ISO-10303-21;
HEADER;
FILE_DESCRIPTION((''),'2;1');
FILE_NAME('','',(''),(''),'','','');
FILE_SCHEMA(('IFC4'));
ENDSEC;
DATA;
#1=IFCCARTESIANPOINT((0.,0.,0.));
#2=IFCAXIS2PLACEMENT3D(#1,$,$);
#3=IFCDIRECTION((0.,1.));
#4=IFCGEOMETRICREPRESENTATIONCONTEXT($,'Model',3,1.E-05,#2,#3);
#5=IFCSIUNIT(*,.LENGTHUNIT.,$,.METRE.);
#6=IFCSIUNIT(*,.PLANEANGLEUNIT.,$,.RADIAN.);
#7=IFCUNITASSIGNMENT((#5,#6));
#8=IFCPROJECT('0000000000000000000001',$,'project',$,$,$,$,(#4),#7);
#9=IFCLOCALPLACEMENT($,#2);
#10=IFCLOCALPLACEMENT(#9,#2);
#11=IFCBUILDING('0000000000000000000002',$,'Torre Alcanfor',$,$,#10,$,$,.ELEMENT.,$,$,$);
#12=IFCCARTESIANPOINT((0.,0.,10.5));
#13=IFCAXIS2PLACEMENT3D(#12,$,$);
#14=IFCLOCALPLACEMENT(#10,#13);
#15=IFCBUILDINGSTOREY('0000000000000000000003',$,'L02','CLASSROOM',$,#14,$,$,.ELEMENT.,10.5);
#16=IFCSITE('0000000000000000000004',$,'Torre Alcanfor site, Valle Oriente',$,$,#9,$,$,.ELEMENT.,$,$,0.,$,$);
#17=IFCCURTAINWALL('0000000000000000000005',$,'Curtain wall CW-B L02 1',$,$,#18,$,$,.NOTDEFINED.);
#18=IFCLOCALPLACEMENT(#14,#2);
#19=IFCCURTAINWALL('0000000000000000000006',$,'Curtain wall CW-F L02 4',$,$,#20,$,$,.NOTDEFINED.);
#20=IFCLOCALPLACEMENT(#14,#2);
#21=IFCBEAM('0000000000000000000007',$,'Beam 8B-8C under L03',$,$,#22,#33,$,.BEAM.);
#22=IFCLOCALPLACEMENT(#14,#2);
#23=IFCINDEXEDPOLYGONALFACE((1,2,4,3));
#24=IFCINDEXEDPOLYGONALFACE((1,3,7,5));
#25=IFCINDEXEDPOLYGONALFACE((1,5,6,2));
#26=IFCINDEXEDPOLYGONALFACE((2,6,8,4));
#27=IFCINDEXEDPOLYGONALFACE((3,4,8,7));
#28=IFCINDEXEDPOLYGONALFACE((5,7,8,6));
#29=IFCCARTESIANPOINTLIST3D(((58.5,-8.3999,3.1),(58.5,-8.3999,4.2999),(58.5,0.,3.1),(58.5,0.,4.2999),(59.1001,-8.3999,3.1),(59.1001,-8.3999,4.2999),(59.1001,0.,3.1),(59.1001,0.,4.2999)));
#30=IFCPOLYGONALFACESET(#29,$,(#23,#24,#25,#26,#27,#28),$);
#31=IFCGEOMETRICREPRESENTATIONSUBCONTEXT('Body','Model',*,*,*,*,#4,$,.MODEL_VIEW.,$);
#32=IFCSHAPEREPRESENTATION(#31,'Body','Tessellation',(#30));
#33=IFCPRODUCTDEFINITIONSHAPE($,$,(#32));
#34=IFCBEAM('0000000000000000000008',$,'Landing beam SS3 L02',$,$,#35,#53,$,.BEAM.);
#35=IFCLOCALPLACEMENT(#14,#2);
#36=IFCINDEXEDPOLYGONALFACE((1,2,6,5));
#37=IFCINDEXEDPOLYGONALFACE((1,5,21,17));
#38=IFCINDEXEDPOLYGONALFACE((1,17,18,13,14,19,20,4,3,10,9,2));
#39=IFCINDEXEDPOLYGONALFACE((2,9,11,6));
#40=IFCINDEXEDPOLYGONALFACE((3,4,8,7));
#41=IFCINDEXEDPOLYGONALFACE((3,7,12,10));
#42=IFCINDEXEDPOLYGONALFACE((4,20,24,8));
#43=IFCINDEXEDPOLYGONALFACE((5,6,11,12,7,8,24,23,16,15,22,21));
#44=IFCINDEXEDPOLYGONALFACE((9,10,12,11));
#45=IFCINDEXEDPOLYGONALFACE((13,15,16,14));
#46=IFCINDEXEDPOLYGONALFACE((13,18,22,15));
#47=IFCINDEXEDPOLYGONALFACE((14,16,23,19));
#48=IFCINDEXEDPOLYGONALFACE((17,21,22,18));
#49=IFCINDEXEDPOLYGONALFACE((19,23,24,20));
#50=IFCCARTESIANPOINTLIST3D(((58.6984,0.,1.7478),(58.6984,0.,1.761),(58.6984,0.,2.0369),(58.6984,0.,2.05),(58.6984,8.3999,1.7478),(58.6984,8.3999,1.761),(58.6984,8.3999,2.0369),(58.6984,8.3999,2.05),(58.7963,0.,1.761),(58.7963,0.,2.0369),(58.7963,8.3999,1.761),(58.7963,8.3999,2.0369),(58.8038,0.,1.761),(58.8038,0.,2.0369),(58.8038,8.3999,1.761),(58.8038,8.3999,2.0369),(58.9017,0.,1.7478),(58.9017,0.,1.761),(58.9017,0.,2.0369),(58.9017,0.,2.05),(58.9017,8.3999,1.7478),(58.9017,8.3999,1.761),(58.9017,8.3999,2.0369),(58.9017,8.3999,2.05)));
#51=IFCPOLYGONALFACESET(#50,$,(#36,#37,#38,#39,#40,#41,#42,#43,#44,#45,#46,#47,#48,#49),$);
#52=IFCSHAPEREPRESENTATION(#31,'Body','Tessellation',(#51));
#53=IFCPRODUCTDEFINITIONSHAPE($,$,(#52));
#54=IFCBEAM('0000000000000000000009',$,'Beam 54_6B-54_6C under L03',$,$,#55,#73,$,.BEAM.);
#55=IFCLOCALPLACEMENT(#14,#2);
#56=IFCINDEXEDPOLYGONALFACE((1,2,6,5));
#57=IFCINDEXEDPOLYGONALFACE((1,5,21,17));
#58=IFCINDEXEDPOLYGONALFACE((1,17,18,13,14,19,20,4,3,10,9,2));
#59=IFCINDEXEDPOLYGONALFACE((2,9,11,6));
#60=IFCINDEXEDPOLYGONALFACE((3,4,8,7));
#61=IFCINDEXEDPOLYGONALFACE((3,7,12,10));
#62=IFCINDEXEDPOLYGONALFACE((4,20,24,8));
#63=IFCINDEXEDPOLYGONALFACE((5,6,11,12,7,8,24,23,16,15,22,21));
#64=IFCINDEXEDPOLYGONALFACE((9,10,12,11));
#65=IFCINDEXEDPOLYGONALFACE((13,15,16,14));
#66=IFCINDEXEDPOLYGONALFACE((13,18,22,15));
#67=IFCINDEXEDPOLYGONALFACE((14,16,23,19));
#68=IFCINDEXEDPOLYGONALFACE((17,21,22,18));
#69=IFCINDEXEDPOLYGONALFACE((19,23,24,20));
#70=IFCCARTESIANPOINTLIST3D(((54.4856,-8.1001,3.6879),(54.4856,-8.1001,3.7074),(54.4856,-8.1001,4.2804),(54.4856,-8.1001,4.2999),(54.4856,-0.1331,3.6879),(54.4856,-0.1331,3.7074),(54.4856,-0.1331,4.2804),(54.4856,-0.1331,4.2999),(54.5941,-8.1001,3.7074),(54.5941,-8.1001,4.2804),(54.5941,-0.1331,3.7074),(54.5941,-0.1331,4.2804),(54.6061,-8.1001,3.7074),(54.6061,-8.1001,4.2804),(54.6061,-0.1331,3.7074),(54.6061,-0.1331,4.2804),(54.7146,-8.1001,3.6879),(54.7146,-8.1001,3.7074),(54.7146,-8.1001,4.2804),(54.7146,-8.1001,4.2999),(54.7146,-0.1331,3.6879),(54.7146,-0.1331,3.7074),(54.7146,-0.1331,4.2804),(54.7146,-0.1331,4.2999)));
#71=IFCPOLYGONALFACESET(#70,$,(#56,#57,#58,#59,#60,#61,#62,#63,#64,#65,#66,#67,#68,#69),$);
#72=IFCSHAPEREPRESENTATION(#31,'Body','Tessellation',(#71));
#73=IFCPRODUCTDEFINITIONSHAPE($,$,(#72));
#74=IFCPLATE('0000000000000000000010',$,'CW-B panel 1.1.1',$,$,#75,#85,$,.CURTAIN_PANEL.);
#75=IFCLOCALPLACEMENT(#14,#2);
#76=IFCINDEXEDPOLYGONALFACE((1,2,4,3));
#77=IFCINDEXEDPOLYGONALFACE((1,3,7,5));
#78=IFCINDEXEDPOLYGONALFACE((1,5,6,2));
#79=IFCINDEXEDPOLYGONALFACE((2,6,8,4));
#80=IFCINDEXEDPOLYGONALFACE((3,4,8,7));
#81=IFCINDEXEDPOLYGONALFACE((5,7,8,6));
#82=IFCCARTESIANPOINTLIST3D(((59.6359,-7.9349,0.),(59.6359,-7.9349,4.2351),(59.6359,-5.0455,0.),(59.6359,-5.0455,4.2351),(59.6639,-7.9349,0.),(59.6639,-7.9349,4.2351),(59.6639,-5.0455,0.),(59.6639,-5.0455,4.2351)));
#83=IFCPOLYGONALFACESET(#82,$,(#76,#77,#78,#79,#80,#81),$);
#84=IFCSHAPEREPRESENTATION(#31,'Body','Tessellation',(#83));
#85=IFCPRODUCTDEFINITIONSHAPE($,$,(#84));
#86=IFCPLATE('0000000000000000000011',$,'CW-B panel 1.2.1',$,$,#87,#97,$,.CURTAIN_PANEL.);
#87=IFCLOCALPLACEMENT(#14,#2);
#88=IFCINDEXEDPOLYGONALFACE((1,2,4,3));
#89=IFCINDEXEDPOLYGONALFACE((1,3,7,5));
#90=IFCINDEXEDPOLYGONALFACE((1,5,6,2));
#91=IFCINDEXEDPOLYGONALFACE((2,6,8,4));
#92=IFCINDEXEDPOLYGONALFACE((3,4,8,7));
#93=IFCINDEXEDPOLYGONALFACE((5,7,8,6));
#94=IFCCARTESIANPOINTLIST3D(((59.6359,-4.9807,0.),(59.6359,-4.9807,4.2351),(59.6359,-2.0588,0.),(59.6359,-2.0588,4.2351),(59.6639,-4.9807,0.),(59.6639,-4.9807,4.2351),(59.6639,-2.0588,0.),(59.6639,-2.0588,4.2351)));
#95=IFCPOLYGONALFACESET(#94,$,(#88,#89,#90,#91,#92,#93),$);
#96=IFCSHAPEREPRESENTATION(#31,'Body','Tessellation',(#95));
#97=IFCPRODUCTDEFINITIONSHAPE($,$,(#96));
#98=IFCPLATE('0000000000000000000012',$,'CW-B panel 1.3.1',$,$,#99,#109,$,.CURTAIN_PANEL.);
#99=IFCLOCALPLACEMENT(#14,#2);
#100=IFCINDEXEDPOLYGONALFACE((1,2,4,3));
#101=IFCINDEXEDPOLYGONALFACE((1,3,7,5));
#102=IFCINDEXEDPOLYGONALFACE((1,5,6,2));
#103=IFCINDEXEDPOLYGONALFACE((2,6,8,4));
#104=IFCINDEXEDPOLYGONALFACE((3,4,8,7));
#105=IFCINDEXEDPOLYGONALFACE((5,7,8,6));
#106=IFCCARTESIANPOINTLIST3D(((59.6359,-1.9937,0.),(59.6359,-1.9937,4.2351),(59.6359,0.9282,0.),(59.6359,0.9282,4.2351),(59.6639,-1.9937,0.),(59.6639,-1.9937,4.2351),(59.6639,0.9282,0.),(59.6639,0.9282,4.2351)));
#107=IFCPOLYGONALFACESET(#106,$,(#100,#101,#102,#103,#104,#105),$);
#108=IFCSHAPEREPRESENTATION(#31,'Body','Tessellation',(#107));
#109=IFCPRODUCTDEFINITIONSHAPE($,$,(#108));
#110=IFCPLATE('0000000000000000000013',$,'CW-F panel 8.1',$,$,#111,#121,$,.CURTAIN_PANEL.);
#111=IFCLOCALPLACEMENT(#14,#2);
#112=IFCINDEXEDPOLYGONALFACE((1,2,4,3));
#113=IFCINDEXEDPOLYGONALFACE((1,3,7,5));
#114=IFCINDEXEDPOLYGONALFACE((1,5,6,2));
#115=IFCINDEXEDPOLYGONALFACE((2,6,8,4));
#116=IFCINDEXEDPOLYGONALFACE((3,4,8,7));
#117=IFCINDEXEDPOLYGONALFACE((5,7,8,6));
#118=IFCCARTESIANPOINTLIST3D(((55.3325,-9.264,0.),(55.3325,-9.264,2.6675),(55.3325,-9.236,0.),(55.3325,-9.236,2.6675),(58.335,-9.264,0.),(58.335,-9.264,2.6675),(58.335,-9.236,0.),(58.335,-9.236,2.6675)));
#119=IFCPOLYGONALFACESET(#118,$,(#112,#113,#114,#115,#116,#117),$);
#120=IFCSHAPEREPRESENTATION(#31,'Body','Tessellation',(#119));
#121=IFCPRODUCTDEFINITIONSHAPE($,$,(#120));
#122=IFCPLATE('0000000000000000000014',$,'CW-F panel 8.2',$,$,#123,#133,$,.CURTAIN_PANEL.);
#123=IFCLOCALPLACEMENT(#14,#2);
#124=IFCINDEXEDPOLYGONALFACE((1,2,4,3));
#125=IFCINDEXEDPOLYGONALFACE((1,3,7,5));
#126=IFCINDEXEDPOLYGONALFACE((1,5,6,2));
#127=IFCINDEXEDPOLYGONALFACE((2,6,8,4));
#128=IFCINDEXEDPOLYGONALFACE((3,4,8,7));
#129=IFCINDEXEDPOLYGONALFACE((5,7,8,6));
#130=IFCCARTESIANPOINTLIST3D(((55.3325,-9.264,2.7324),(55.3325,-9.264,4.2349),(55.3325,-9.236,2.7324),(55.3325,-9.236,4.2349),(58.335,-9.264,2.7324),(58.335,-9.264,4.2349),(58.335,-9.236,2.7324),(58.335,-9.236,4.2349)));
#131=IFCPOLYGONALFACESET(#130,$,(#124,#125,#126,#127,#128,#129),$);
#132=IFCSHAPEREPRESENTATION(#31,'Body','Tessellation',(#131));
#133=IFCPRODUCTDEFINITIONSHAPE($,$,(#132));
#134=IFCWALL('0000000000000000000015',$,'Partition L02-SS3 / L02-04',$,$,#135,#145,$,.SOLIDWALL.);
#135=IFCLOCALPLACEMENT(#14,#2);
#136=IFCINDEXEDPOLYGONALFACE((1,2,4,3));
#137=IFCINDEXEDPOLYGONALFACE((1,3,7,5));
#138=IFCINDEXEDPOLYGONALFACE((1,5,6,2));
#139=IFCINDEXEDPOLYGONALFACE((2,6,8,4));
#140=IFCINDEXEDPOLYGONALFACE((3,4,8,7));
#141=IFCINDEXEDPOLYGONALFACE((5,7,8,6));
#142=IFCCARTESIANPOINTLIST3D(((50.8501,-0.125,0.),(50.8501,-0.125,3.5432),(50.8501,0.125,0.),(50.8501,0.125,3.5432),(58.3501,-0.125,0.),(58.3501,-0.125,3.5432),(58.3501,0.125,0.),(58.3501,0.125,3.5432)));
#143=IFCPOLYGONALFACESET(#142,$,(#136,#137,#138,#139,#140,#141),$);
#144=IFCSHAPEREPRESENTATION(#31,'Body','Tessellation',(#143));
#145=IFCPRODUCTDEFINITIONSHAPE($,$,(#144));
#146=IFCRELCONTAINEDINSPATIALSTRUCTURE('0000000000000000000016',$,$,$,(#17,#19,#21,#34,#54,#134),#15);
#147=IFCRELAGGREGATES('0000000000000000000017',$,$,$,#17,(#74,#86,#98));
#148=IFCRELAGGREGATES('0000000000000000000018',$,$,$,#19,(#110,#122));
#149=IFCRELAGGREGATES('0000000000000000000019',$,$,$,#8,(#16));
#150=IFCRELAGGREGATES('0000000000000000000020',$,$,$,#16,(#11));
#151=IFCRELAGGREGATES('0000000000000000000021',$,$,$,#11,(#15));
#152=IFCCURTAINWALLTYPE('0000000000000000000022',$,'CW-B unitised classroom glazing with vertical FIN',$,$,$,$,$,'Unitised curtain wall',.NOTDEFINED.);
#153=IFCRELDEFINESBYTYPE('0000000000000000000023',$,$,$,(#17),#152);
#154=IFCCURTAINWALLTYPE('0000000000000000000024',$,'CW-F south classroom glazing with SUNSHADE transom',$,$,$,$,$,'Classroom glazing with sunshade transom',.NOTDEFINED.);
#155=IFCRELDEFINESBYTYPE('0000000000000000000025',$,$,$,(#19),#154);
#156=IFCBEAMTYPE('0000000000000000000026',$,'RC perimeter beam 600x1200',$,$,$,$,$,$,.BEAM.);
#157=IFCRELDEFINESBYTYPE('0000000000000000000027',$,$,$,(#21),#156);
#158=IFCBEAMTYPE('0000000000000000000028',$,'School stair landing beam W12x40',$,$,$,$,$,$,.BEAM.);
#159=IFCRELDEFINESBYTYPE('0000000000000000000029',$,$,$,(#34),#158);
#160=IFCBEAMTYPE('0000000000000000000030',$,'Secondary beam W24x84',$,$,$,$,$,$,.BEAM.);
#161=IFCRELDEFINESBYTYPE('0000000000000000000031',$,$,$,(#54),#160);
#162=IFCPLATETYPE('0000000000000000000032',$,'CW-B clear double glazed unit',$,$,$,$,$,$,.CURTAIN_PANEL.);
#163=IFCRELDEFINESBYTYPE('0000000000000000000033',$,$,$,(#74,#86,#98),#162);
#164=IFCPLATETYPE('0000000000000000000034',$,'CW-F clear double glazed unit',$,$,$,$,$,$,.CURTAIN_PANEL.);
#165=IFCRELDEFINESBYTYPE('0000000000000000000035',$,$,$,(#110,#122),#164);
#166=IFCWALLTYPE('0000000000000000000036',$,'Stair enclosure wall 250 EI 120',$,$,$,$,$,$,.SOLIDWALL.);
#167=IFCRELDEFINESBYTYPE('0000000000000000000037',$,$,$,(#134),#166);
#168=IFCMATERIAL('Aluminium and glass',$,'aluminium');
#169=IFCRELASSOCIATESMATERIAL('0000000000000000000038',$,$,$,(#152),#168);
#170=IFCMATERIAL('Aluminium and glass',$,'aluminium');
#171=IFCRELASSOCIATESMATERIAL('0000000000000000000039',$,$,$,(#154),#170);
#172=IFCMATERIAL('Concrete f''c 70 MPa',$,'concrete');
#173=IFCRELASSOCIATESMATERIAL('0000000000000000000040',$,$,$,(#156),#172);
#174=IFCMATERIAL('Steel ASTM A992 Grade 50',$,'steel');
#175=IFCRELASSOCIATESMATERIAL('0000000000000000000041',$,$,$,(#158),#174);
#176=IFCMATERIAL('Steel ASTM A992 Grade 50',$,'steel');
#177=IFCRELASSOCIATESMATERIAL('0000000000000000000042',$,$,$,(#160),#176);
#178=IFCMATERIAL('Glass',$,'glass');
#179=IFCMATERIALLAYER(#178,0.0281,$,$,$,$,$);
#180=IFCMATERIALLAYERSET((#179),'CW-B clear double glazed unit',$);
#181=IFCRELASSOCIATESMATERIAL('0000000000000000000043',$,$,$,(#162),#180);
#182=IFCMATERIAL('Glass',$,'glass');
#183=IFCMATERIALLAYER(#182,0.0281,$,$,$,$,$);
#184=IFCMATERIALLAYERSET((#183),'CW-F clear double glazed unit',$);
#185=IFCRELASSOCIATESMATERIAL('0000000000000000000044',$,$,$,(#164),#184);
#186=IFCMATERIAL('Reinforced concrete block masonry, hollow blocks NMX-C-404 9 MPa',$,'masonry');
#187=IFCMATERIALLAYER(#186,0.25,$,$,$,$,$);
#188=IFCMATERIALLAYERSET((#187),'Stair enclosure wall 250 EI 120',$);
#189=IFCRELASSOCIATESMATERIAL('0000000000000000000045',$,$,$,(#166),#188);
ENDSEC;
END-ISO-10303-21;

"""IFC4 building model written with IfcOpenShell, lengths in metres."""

from ifc_helpers import new_model, si_unit, direction, frame, frame_2d, origin, origin_2d, place, context, subcontext, project, spatial, rectangle, i_section, extrude, material, layer, layer_set, material_profile, profile_set, type_object, element, aggregate, save


model = new_model("IFC4")

# Units and contexts
model_context = context("Model", 3, precision=1e-05, world=origin(), true_north=direction((0.0, 1.0)))
body_context = subcontext(model_context, "Body", "Model", "MODEL_VIEW")
ifc_project = project(units=[si_unit("LENGTHUNIT", "METRE"), si_unit("PLANEANGLEUNIT", "RADIAN")], contexts=[model_context])

# Site, building, storey
site_placement = place(None, origin())
site = spatial("IfcSite", under=ifc_project, at=site_placement, Name="Torre Alcanfor site, Valle Oriente", CompositionType="ELEMENT", RefElevation=0.0)
building_placement = place(site_placement, origin())
building = spatial("IfcBuilding", under=site, at=building_placement, Name="Torre Alcanfor", CompositionType="ELEMENT")
storey_placement = place(building_placement, frame((0.0, 0.0, 10.5)))
storey = spatial("IfcBuildingStorey", under=building, at=storey_placement, Name="L02", Description="CLASSROOM", CompositionType="ELEMENT", Elevation=10.5)

# Curtain walls
ifc_material_1 = material(Name="Aluminium and glass", Category="aluminium")
curtain_wall_type_1 = type_object("IfcCurtainWallType", Name="CW-B unitised classroom glazing with vertical FIN", ElementType="Unitised curtain wall", PredefinedType="NOTDEFINED", material=ifc_material_1)
curtain_wall_1_placement = place(storey_placement, origin())
curtain_wall_1 = element("IfcCurtainWall", 1, at=curtain_wall_1_placement, inside=storey, type_object=curtain_wall_type_1, Name="Curtain wall CW-B L02 1", PredefinedType="NOTDEFINED")
ifc_material_2 = material(Name="Aluminium and glass", Category="aluminium")
curtain_wall_type_2 = type_object("IfcCurtainWallType", Name="CW-F south classroom glazing with SUNSHADE transom", ElementType="Classroom glazing with sunshade transom", PredefinedType="NOTDEFINED", material=ifc_material_2)
curtain_wall_2_placement = place(storey_placement, origin())
curtain_wall_2 = element("IfcCurtainWall", 2, at=curtain_wall_2_placement, inside=storey, type_object=curtain_wall_type_2, Name="Curtain wall CW-F L02 4", PredefinedType="NOTDEFINED")

# Beams
ifc_material_3 = material(Name="Concrete f'c 70 MPa", Category="concrete")
ifc_material_profile_1 = material_profile(ifc_material_3, rectangle(XDim=0.6001, YDim=1.2, at=origin_2d()), Name="600x1200")
ifc_profile_set_1 = profile_set([ifc_material_profile_1], Name="Concrete f'c 70 MPa")
beam_type_1 = type_object("IfcBeamType", Name="RC perimeter beam 600x1200", PredefinedType="BEAM", material=ifc_profile_set_1)
beam_1_placement = place(storey_placement, frame((58.8, -8.3999, 3.7), z_axis=(0.0, 1.0, 0.0), x_axis=(-1.0, 0.0, 0.0)))
element("IfcBeam", 3, at=beam_1_placement, inside=storey, type_object=beam_type_1, Name="Beam 8B-8C under L03", PredefinedType="BEAM", context=body_context, shape_type="SweptSolid", body=[
    extrude(rectangle(XDim=0.6001, YDim=1.2, at=origin_2d()), origin(), (0.0, 0.0, 1.0), 8.3999),
])
ifc_material_4 = material(Name="Steel ASTM A992 Grade 50", Category="steel")
ifc_material_profile_2 = material_profile(ifc_material_4, i_section(OverallWidth=0.2034, OverallDepth=0.3022, WebThickness=0.0076, FlangeThickness=0.0132, at=origin_2d()), Name="W12x40")
ifc_profile_set_2 = profile_set([ifc_material_profile_2], Name="Steel ASTM A992 Grade 50")
beam_type_2 = type_object("IfcBeamType", Name="School stair landing beam W12x40", PredefinedType="BEAM", material=ifc_profile_set_2)
beam_2_placement = place(storey_placement, frame((58.8, 0.0, 1.8989), z_axis=(0.0, 1.0, 0.0), x_axis=(-1.0, 0.0, 0.0)))
element("IfcBeam", 4, at=beam_2_placement, inside=storey, type_object=beam_type_2, Name="Landing beam SS3 L02", PredefinedType="BEAM", context=body_context, shape_type="SweptSolid", body=[
    extrude(i_section(OverallWidth=0.2034, OverallDepth=0.3022, WebThickness=0.0076, FlangeThickness=0.0132, at=origin_2d()), origin(), (0.0, 0.0, 1.0), 8.3999),
])
ifc_material_5 = material(Name="Steel ASTM A992 Grade 50", Category="steel")
ifc_material_profile_3 = material_profile(ifc_material_5, i_section(OverallWidth=0.229, OverallDepth=0.6121, WebThickness=0.012, FlangeThickness=0.0195, at=origin_2d()), Name="W24x84")
ifc_profile_set_3 = profile_set([ifc_material_profile_3], Name="Steel ASTM A992 Grade 50")
beam_type_3 = type_object("IfcBeamType", Name="Secondary beam W24x84", PredefinedType="BEAM", material=ifc_profile_set_3)
beam_3_placement = place(storey_placement, frame((54.6001, -8.1001, 3.9939), z_axis=(0.0, 1.0, 0.0), x_axis=(-1.0, 0.0, 0.0)))
element("IfcBeam", 5, at=beam_3_placement, inside=storey, type_object=beam_type_3, Name="Beam 54_6B-54_6C under L03", PredefinedType="BEAM", context=body_context, shape_type="SweptSolid", body=[
    extrude(i_section(OverallWidth=0.229, OverallDepth=0.6121, WebThickness=0.012, FlangeThickness=0.0195, at=origin_2d()), origin(), (0.0, 0.0, 1.0), 7.967),
])

# Plates
ifc_material_6 = material(Name="Glass", Category="glass")
ifc_layer_1 = layer(ifc_material_6, 0.0281)
ifc_layer_set_1 = layer_set([ifc_layer_1], Name="CW-B clear double glazed unit")
plate_type_1 = type_object("IfcPlateType", Name="CW-B clear double glazed unit", PredefinedType="CURTAIN_PANEL", material=ifc_layer_set_1)
plate_1_placement = place(storey_placement, frame((59.6499, -6.4902, 0.0), z_axis=(0.0, 0.0, 1.0), x_axis=(0.0, 1.0, 0.0)))
plate_1 = element("IfcPlate", 6, at=plate_1_placement, type_object=plate_type_1, Name="CW-B panel 1.1.1", PredefinedType="CURTAIN_PANEL", context=body_context, shape_type="SweptSolid", body=[
    extrude(rectangle(XDim=2.8894, YDim=0.0281, at=origin_2d()), origin(), (0.0, 0.0, 1.0), 4.2351),
])
plate_2_placement = place(storey_placement, frame((59.6499, -3.5198, 0.0), z_axis=(0.0, 0.0, 1.0), x_axis=(0.0, 1.0, 0.0)))
plate_2 = element("IfcPlate", 7, at=plate_2_placement, type_object=plate_type_1, Name="CW-B panel 1.2.1", PredefinedType="CURTAIN_PANEL", context=body_context, shape_type="SweptSolid", body=[
    extrude(rectangle(XDim=2.9219, YDim=0.0281, at=origin_2d()), origin(), (0.0, 0.0, 1.0), 4.2351),
])
plate_3_placement = place(storey_placement, frame((59.6499, -0.5327, 0.0), z_axis=(0.0, 0.0, 1.0), x_axis=(0.0, 1.0, 0.0)))
plate_3 = element("IfcPlate", 8, at=plate_3_placement, type_object=plate_type_1, Name="CW-B panel 1.3.1", PredefinedType="CURTAIN_PANEL", context=body_context, shape_type="SweptSolid", body=[
    extrude(rectangle(XDim=2.9219, YDim=0.0281, at=origin_2d()), origin(), (0.0, 0.0, 1.0), 4.2351),
])
aggregate(curtain_wall_1, [plate_1, plate_2, plate_3])
ifc_material_7 = material(Name="Glass", Category="glass")
ifc_layer_2 = layer(ifc_material_7, 0.0281)
ifc_layer_set_2 = layer_set([ifc_layer_2], Name="CW-F clear double glazed unit")
plate_type_2 = type_object("IfcPlateType", Name="CW-F clear double glazed unit", PredefinedType="CURTAIN_PANEL", material=ifc_layer_set_2)
plate_4_placement = place(storey_placement, frame((56.8337, -9.25, 0.0), z_axis=(0.0, 0.0, 1.0), x_axis=(1.0, 0.0, 0.0)))
plate_4 = element("IfcPlate", 9, at=plate_4_placement, type_object=plate_type_2, Name="CW-F panel 8.1", PredefinedType="CURTAIN_PANEL", context=body_context, shape_type="SweptSolid", body=[
    extrude(rectangle(XDim=3.0024, YDim=0.0281, at=origin_2d()), origin(), (0.0, 0.0, 1.0), 2.6675),
])
plate_5_placement = place(storey_placement, frame((56.8337, -9.25, 2.7324), z_axis=(0.0, 0.0, 1.0), x_axis=(1.0, 0.0, 0.0)))
plate_5 = element("IfcPlate", 10, at=plate_5_placement, type_object=plate_type_2, Name="CW-F panel 8.2", PredefinedType="CURTAIN_PANEL", context=body_context, shape_type="SweptSolid", body=[
    extrude(rectangle(XDim=3.0024, YDim=0.0281, at=origin_2d()), origin(), (0.0, 0.0, 1.0), 1.5024),
])
aggregate(curtain_wall_2, [plate_4, plate_5])

# Wall
ifc_material_8 = material(Name="Reinforced concrete block masonry, hollow blocks NMX-C-404 9 MPa", Category="masonry")
ifc_layer_3 = layer(ifc_material_8, 0.25)
ifc_layer_set_3 = layer_set([ifc_layer_3], Name="Stair enclosure wall 250 EI 120")
wall_type_1 = type_object("IfcWallType", Name="Stair enclosure wall 250 EI 120", PredefinedType="SOLIDWALL", material=ifc_layer_set_3)
wall_1_placement = place(storey_placement, frame((58.3501, 0.0, 0.0), z_axis=(0.0, 0.0, 1.0), x_axis=(-1.0, 0.0, 0.0)))
element("IfcWall", 11, at=wall_1_placement, inside=storey, type_object=wall_type_1, Name="Partition L02-SS3 / L02-04", PredefinedType="SOLIDWALL", context=body_context, shape_type="SweptSolid", body=[
    extrude(rectangle(XDim=7.5, YDim=0.25, at=frame_2d((3.75, 0.0))), origin(), (0.0, 0.0, 1.0), 3.5432),
])

save(model, "model.ifc")
